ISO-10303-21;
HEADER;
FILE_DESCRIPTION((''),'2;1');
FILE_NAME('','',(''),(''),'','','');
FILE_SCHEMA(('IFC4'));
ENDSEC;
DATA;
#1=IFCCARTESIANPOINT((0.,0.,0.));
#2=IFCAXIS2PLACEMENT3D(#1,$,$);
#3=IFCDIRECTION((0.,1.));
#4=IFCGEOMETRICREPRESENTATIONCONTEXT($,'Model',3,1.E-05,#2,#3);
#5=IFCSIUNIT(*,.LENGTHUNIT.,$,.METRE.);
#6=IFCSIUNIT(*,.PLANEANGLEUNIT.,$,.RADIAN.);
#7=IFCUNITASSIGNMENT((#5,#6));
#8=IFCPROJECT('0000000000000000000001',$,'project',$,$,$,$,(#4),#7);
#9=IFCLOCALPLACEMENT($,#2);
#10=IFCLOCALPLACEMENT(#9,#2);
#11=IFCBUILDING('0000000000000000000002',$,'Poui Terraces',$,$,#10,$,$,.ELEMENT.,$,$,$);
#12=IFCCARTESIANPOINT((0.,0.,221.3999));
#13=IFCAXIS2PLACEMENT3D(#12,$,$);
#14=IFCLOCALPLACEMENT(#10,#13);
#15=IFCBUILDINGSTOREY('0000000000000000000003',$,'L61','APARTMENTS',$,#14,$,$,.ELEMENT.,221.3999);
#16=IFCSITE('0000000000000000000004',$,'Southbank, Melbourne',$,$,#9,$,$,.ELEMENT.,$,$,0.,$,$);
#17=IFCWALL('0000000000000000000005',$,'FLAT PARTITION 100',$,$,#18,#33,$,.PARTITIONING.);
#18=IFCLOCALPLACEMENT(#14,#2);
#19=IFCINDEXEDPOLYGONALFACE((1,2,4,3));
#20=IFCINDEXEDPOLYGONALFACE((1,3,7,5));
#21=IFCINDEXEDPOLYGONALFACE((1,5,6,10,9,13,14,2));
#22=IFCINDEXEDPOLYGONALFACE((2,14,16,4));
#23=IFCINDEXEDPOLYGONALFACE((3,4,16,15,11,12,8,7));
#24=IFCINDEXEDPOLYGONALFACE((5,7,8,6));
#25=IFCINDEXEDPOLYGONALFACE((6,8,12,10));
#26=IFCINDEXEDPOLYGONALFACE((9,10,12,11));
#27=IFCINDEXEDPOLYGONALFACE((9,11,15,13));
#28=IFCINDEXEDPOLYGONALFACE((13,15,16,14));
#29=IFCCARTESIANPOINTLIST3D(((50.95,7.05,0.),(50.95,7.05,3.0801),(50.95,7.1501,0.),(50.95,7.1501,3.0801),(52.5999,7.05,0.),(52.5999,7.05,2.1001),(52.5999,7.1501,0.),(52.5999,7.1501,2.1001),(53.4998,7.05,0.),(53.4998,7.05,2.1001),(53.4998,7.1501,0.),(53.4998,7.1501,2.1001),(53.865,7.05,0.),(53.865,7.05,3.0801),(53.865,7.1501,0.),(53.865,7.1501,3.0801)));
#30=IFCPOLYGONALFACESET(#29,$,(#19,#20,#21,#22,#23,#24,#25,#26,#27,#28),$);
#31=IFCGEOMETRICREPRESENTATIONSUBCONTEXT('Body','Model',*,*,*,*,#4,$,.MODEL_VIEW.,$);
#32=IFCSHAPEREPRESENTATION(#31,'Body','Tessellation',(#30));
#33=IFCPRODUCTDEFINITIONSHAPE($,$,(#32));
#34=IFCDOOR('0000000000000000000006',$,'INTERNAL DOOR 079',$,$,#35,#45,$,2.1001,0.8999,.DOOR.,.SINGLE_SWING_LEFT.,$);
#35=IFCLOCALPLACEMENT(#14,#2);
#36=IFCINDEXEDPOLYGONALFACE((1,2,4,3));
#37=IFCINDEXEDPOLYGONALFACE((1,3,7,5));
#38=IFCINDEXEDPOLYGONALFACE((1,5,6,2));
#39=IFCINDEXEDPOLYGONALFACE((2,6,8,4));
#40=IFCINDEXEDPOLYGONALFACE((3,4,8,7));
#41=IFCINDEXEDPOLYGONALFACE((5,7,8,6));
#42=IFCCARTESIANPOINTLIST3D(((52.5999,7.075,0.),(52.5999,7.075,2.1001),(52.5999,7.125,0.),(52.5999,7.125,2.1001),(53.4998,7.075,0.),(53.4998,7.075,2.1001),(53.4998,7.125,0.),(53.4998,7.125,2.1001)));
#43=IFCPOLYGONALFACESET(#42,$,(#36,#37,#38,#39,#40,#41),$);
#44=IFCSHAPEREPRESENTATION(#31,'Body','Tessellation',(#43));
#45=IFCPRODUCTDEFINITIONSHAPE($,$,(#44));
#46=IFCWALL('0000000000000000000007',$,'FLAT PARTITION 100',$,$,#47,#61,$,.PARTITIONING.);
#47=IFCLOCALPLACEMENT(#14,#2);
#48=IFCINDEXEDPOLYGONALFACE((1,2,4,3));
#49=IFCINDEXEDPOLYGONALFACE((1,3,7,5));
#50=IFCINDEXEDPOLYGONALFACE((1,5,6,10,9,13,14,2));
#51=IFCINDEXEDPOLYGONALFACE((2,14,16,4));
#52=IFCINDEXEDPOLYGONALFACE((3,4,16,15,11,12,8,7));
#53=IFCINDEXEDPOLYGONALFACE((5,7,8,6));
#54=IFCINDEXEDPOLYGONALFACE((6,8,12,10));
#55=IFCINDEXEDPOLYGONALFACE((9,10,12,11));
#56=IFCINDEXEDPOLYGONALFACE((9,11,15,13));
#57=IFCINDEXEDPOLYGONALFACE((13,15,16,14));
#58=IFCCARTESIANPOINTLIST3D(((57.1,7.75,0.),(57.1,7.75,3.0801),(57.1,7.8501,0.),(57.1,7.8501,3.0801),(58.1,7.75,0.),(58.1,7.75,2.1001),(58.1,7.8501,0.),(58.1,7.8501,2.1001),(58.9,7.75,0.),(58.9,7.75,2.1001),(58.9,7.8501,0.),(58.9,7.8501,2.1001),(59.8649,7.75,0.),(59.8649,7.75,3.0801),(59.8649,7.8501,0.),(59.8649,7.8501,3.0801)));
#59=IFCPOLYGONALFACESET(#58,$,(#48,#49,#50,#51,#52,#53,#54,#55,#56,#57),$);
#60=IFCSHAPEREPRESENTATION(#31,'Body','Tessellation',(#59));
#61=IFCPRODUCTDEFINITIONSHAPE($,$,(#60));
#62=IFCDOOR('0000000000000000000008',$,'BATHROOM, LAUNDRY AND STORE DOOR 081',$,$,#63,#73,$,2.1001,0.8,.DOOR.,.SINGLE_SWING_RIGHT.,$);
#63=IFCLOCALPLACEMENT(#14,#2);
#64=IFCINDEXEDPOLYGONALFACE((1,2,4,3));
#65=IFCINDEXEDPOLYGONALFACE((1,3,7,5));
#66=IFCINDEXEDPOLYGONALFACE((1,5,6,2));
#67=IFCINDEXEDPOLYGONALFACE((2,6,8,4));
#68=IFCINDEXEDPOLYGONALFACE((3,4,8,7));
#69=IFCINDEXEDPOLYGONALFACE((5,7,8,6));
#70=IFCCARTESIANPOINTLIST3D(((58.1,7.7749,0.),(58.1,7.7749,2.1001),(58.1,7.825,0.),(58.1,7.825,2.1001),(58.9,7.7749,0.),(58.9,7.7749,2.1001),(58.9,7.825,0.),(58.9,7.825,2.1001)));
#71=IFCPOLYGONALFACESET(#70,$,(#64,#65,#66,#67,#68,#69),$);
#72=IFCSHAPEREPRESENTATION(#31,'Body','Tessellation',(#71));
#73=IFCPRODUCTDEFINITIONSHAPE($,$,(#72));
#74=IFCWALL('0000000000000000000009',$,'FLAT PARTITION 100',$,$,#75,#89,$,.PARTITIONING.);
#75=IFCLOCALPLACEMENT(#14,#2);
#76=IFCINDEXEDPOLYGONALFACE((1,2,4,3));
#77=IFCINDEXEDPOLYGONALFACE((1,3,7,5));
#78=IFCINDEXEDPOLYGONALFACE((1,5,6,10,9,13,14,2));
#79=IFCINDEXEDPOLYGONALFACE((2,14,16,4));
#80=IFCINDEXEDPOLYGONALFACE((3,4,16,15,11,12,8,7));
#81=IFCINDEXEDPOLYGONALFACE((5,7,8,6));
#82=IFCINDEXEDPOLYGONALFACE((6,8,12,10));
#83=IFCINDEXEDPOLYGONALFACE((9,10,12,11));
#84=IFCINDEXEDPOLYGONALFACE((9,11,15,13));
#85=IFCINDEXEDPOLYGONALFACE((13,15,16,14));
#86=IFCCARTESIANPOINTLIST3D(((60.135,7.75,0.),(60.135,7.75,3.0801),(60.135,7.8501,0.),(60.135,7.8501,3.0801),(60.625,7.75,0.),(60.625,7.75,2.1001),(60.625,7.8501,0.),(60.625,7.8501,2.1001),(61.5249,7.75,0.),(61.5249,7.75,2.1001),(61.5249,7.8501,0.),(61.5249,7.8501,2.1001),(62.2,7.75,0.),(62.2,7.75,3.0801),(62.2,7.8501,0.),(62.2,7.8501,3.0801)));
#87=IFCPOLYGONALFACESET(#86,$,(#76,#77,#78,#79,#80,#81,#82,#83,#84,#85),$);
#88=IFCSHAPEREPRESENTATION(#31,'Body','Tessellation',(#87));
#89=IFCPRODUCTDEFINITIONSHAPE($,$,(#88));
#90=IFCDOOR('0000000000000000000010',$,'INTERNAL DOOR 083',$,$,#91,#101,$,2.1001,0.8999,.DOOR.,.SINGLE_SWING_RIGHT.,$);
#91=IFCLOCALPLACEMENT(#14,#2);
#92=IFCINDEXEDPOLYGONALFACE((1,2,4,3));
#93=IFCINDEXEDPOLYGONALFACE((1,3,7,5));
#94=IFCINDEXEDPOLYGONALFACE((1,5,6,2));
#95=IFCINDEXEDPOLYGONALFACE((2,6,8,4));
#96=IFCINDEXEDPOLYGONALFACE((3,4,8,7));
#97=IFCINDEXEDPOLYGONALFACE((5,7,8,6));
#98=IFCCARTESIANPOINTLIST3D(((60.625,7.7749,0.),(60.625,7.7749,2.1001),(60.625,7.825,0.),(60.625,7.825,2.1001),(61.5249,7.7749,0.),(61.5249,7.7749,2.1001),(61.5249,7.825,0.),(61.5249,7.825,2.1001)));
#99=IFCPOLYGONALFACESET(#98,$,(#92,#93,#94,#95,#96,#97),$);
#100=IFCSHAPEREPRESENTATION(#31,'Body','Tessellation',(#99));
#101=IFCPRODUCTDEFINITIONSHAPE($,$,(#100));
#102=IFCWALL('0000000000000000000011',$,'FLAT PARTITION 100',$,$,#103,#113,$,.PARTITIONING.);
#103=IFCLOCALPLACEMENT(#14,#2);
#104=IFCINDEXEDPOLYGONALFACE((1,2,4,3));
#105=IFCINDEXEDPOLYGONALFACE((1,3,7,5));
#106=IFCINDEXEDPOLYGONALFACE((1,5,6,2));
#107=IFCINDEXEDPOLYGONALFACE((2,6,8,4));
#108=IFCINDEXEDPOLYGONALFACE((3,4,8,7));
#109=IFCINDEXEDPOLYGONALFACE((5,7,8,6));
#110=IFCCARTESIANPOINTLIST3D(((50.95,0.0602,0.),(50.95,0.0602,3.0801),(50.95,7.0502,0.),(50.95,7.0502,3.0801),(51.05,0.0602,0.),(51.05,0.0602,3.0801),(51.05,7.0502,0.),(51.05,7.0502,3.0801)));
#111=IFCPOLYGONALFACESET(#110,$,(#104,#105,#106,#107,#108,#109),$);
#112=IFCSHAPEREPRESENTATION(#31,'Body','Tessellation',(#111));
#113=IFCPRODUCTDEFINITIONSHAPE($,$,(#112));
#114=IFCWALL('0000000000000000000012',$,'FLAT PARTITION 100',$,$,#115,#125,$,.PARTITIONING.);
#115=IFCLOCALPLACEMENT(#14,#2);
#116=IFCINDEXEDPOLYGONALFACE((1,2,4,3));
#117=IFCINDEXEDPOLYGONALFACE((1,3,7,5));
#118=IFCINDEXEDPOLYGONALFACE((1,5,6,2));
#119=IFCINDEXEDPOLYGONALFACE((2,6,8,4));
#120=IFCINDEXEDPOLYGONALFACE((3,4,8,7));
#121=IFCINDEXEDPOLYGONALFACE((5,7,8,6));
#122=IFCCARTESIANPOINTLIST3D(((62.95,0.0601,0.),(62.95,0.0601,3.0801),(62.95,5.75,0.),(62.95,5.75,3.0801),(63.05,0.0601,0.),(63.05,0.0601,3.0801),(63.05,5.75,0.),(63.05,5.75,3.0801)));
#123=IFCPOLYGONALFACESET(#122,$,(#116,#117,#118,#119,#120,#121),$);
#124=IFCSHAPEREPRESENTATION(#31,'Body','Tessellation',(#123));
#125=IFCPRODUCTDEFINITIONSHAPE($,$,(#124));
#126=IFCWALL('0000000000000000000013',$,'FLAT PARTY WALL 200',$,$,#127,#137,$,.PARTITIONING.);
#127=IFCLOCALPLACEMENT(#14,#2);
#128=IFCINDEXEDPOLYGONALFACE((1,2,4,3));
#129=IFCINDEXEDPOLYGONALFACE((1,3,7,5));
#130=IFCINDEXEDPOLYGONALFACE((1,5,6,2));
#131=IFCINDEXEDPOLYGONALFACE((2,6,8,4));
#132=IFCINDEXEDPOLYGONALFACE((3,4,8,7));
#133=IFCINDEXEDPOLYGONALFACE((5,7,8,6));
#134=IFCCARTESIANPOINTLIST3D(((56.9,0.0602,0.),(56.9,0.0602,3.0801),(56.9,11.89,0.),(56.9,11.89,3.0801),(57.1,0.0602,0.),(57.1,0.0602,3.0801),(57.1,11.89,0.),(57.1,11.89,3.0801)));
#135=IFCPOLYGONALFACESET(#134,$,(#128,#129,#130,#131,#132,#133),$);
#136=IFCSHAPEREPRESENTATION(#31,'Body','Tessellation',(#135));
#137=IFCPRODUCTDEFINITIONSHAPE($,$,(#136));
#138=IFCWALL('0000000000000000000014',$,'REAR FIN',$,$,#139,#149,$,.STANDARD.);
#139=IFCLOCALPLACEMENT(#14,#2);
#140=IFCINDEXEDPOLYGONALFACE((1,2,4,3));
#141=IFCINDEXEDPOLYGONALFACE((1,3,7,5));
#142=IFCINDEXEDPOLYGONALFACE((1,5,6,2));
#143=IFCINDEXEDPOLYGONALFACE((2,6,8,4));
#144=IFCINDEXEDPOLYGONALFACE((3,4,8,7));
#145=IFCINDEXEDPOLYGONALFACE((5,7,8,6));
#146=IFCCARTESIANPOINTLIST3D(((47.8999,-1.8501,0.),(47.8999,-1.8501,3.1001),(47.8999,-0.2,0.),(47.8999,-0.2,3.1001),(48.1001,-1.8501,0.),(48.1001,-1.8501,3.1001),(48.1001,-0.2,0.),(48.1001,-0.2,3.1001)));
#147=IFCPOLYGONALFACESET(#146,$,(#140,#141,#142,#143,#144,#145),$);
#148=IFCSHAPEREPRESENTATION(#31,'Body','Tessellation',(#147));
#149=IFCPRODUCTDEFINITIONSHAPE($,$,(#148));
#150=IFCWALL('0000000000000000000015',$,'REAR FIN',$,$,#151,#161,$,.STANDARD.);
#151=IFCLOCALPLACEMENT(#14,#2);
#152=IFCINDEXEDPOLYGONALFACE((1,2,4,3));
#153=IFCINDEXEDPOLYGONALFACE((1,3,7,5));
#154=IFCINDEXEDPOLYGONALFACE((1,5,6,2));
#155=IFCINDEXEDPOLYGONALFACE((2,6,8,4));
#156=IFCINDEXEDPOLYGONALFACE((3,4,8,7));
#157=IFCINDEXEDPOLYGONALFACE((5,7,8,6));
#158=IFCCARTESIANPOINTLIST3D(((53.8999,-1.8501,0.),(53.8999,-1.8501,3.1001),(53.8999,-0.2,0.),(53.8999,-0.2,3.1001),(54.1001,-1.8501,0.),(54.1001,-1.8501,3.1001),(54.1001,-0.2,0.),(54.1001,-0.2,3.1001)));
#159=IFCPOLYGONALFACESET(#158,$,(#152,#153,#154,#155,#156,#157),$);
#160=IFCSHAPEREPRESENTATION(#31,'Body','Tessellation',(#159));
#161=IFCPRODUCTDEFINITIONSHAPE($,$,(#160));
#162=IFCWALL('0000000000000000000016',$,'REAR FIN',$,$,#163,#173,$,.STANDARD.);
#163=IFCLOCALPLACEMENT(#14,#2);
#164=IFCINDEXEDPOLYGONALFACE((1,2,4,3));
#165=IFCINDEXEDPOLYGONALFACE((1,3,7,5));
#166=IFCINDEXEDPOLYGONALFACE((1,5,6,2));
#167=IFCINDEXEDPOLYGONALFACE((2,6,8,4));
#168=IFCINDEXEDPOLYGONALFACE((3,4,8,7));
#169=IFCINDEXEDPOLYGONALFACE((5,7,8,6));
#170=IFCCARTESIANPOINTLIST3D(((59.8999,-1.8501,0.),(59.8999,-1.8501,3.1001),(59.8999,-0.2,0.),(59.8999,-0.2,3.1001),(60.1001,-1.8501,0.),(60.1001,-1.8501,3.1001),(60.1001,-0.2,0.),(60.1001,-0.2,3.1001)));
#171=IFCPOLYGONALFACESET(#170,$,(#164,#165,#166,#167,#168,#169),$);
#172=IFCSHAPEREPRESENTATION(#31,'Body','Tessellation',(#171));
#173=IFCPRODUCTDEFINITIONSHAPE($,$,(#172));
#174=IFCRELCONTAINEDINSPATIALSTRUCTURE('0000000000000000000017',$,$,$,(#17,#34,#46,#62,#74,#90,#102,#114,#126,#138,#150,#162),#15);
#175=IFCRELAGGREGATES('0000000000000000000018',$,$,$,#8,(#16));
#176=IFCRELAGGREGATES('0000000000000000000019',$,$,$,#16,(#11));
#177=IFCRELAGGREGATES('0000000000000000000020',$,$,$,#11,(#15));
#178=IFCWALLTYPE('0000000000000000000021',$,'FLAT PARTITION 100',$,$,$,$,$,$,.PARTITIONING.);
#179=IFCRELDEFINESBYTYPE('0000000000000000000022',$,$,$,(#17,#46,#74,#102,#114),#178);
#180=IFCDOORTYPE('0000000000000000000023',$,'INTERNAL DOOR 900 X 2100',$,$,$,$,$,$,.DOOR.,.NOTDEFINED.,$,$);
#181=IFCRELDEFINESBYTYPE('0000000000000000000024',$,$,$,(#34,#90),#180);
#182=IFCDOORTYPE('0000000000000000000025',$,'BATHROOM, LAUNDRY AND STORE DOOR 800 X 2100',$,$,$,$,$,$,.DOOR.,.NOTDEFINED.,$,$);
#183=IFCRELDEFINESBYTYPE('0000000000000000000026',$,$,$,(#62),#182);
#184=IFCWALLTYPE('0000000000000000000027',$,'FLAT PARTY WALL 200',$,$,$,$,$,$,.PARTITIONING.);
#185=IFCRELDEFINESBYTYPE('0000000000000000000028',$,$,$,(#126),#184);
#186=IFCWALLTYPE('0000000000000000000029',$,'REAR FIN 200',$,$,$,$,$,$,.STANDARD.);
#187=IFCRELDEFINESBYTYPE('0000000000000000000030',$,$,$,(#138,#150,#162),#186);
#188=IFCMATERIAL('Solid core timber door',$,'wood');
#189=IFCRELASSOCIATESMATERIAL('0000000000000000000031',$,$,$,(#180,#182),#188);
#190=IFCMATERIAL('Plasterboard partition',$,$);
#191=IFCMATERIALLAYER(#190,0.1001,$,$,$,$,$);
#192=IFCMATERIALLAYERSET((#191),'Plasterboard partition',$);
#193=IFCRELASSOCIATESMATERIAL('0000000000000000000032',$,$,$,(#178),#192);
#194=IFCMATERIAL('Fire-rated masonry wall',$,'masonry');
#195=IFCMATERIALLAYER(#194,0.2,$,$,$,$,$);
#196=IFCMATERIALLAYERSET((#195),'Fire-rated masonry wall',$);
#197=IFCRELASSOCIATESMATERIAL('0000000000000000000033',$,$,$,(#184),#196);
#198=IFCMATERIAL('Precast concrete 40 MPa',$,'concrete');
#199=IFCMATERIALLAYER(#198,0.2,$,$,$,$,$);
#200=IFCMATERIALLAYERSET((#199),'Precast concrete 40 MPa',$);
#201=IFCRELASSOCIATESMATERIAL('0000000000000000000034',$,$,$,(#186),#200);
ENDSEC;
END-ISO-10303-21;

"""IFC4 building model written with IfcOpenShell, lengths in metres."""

from ifc_helpers import new_model, si_unit, direction, frame, frame_2d, origin, place, context, subcontext, project, spatial, polyline, rectangle, outline, extrude, source, transform, mapped, material, layer, layer_set, type_object, element, fill, save


model = new_model("IFC4")

# Units and contexts
model_context = context("Model", 3, precision=1e-05, world=origin(), true_north=direction((0.0, 1.0)))
body_context = subcontext(model_context, "Body", "Model", "MODEL_VIEW")
ifc_project = project(units=[si_unit("LENGTHUNIT", "METRE"), si_unit("PLANEANGLEUNIT", "RADIAN")], contexts=[model_context])

# Site, building, storey
site_placement = place(None, origin())
site = spatial("IfcSite", under=ifc_project, at=site_placement, Name="Southbank, Melbourne", CompositionType="ELEMENT", RefElevation=0.0)
building_placement = place(site_placement, origin())
building = spatial("IfcBuilding", under=site, at=building_placement, Name="Poui Terraces", CompositionType="ELEMENT")
storey_placement = place(building_placement, frame((0.0, 0.0, 221.3999)))
storey = spatial("IfcBuildingStorey", under=building, at=storey_placement, Name="L61", Description="APARTMENTS", CompositionType="ELEMENT", Elevation=221.3999)

# Shared definitions
ifc_material_1 = material(Name="Precast concrete 40 MPa", Category="concrete")

# Walls, openings, doors
ifc_material_2 = material(Name="Solid core timber door", Category="wood")
door_type_1 = type_object("IfcDoorType", Name="INTERNAL DOOR 900 X 2100", OperationType="NOTDEFINED", PredefinedType="DOOR", material=ifc_material_2)
ifc_material_3 = material(Name="Plasterboard partition")
ifc_layer_1 = layer(ifc_material_3, 0.1001)
ifc_layer_set_1 = layer_set([ifc_layer_1], Name="Plasterboard partition")
wall_type_1 = type_object("IfcWallType", Name="FLAT PARTITION 100", PredefinedType="PARTITIONING", material=ifc_layer_set_1)
wall_1_placement = place(storey_placement, frame((50.95, 7.1001, 0.0), z_axis=(0.0, 0.0, 1.0), x_axis=(1.0, 0.0, 0.0)))
wall_1 = element("IfcWall", 1, at=wall_1_placement, inside=storey, type_object=wall_type_1, Name="FLAT PARTITION 100", PredefinedType="PARTITIONING", context=body_context, shape_type="SweptSolid", body=[
    extrude(rectangle(XDim=2.915, YDim=0.1001, at=frame_2d((1.4575, 0.0))), origin(), (0.0, 0.0, 1.0), 3.0801),
])
opening_1_placement = place(wall_1_placement, frame((1.6499, 0.0, 0.0)))
opening_1 = element("IfcOpeningElement", 2, at=opening_1_placement, cuts=wall_1, PredefinedType="OPENING", context=body_context, shape_type="SweptSolid", body=[
    extrude(rectangle(XDim=0.8999, YDim=2.1001, at=frame_2d((0.45, 1.05))), frame((0.0, 0.0601, 0.0), z_axis=(0.0, -1.0, 0.0), x_axis=(1.0, 0.0, 0.0)), (0.0, 0.0, 1.0), 0.1201),
])
door_1_placement = place(opening_1_placement, origin())
door_1 = element("IfcDoor", 3, at=door_1_placement, inside=storey, type_object=door_type_1, Name="INTERNAL DOOR 079", OperationType="SINGLE_SWING_LEFT", OverallHeight=2.1001, OverallWidth=0.8999, PredefinedType="DOOR", context=body_context, shape_type="SweptSolid", body=[
    extrude(rectangle(XDim=0.8999, YDim=2.1001, at=frame_2d((0.45, 1.05))), frame((0.0, 0.0249, 0.0), z_axis=(0.0, -1.0, 0.0), x_axis=(1.0, 0.0, 0.0)), (0.0, 0.0, 1.0), 0.05),
])
fill(opening_1, door_1)
wall_2_placement = place(storey_placement, frame((57.1001, 7.8, 0.0), z_axis=(0.0, 0.0, 1.0), x_axis=(1.0, 0.0, 0.0)))
wall_2 = element("IfcWall", 4, at=wall_2_placement, inside=storey, type_object=wall_type_1, Name="FLAT PARTITION 100", PredefinedType="PARTITIONING", context=body_context, shape_type="SweptSolid", body=[
    extrude(rectangle(XDim=2.7649, YDim=0.1001, at=frame_2d((1.3823, 0.0))), origin(), (0.0, 0.0, 1.0), 3.0801),
])
opening_2_placement = place(wall_2_placement, frame((1.0, 0.0, 0.0)))
opening_2 = element("IfcOpeningElement", 5, at=opening_2_placement, cuts=wall_2, PredefinedType="OPENING", context=body_context, shape_type="SweptSolid", body=[
    extrude(rectangle(XDim=0.8, YDim=2.1001, at=frame_2d((0.3999, 1.05))), frame((0.0, 0.0601, 0.0), z_axis=(0.0, -1.0, 0.0), x_axis=(1.0, 0.0, 0.0)), (0.0, 0.0, 1.0), 0.1201),
])
door_type_2 = type_object("IfcDoorType", Name="BATHROOM, LAUNDRY AND STORE DOOR 800 X 2100", OperationType="NOTDEFINED", PredefinedType="DOOR", material=ifc_material_2)
door_2_placement = place(opening_2_placement, origin())
door_2 = element("IfcDoor", 6, at=door_2_placement, inside=storey, type_object=door_type_2, Name="BATHROOM, LAUNDRY AND STORE DOOR 081", OperationType="SINGLE_SWING_RIGHT", OverallHeight=2.1001, OverallWidth=0.8, PredefinedType="DOOR", context=body_context, shape_type="SweptSolid", body=[
    extrude(rectangle(XDim=0.8, YDim=2.1001, at=frame_2d((0.3999, 1.05))), frame((0.0, 0.0249, 0.0), z_axis=(0.0, -1.0, 0.0), x_axis=(1.0, 0.0, 0.0)), (0.0, 0.0, 1.0), 0.05),
])
fill(opening_2, door_2)
wall_3_placement = place(storey_placement, frame((60.135, 7.8, 0.0), z_axis=(0.0, 0.0, 1.0), x_axis=(1.0, 0.0, 0.0)))
wall_3 = element("IfcWall", 7, at=wall_3_placement, inside=storey, type_object=wall_type_1, Name="FLAT PARTITION 100", PredefinedType="PARTITIONING", context=body_context, shape_type="SweptSolid", body=[
    extrude(rectangle(XDim=2.0649, YDim=0.1001, at=frame_2d((1.0325, 0.0))), origin(), (0.0, 0.0, 1.0), 3.0801),
])
opening_3_placement = place(wall_3_placement, frame((0.49, 0.0, 0.0)))
opening_3 = element("IfcOpeningElement", 8, at=opening_3_placement, cuts=wall_3, PredefinedType="OPENING", context=body_context, shape_type="SweptSolid", body=[
    extrude(rectangle(XDim=0.8999, YDim=2.1001, at=frame_2d((0.45, 1.05))), frame((0.0, 0.0601, 0.0), z_axis=(0.0, -1.0, 0.0), x_axis=(1.0, 0.0, 0.0)), (0.0, 0.0, 1.0), 0.1201),
])
door_3_placement = place(opening_3_placement, origin())
door_3 = element("IfcDoor", 9, at=door_3_placement, inside=storey, type_object=door_type_1, Name="INTERNAL DOOR 083", OperationType="SINGLE_SWING_RIGHT", OverallHeight=2.1001, OverallWidth=0.8999, PredefinedType="DOOR", context=body_context, shape_type="SweptSolid", body=[
    extrude(rectangle(XDim=0.8999, YDim=2.1001, at=frame_2d((0.45, 1.05))), frame((0.0, 0.0249, 0.0), z_axis=(0.0, -1.0, 0.0), x_axis=(1.0, 0.0, 0.0)), (0.0, 0.0, 1.0), 0.05),
])
fill(opening_3, door_3)

# Walls
wall_4_placement = place(storey_placement, frame((51.0, 0.0601, 0.0), z_axis=(0.0, 0.0, 1.0), x_axis=(0.0, 1.0, 0.0)))
element("IfcWall", 10, at=wall_4_placement, inside=storey, type_object=wall_type_1, Name="FLAT PARTITION 100", PredefinedType="PARTITIONING", context=body_context, shape_type="SweptSolid", body=[
    extrude(rectangle(XDim=6.99, YDim=0.1001, at=frame_2d((3.4951, 0.0))), origin(), (0.0, 0.0, 1.0), 3.0801),
])
wall_5_placement = place(storey_placement, frame((63.0, 0.0601, 0.0), z_axis=(0.0, 0.0, 1.0), x_axis=(0.0, 1.0, 0.0)))
element("IfcWall", 11, at=wall_5_placement, inside=storey, type_object=wall_type_1, Name="FLAT PARTITION 100", PredefinedType="PARTITIONING", context=body_context, shape_type="SweptSolid", body=[
    extrude(rectangle(XDim=5.6899, YDim=0.1001, at=frame_2d((2.845, 0.0))), origin(), (0.0, 0.0, 1.0), 3.0801),
])
ifc_material_4 = material(Name="Fire-rated masonry wall", Category="masonry")
ifc_layer_2 = layer(ifc_material_4, 0.2)
ifc_layer_set_2 = layer_set([ifc_layer_2], Name="Fire-rated masonry wall")
wall_type_2 = type_object("IfcWallType", Name="FLAT PARTY WALL 200", PredefinedType="PARTITIONING", material=ifc_layer_set_2)
wall_6_placement = place(storey_placement, frame((57.0, 0.0601, 0.0), z_axis=(0.0, 0.0, 1.0), x_axis=(0.0, 1.0, 0.0)))
element("IfcWall", 12, at=wall_6_placement, inside=storey, type_object=wall_type_2, Name="FLAT PARTY WALL 200", PredefinedType="PARTITIONING", context=body_context, shape_type="SweptSolid", body=[
    extrude(rectangle(XDim=11.8298, YDim=0.2, at=frame_2d((5.915, 0.0))), origin(), (0.0, 0.0, 1.0), 3.0801),
])
ifc_layer_3 = layer(ifc_material_1, 0.2)
ifc_layer_set_3 = layer_set([ifc_layer_3], Name="Precast concrete 40 MPa")
wall_type_3 = type_object("IfcWallType", Name="REAR FIN 200", PredefinedType="STANDARD", material=ifc_layer_set_3)
shared_shape_1 = source(origin(), body_context, "Body", "SweptSolid", [
    extrude(outline(polyline([(0.0, 0.0), (0.2002, 0.0), (0.2002, 1.6501), (0.0, 1.6501), (0.0, 0.0)])), origin(), (0.0, 0.0, 1.0), 3.1001),
])
for number, where, name in (
    (13, (47.8999, -1.8501, 0.0), "REAR FIN"),
    (14, (53.8999, -1.8501, 0.0), "REAR FIN"),
    (15, (59.8999, -1.8501, 0.0), "REAR FIN"),
):
    element("IfcWall", number, at=place(storey_placement, frame(where)), inside=storey, type_object=wall_type_3, Name=name, PredefinedType="STANDARD", context=body_context, shape_type="MappedRepresentation", body=[
        mapped(shared_shape_1, transform((0.0, 0.0, 0.0))),
    ])

save(model, "model.ifc")
